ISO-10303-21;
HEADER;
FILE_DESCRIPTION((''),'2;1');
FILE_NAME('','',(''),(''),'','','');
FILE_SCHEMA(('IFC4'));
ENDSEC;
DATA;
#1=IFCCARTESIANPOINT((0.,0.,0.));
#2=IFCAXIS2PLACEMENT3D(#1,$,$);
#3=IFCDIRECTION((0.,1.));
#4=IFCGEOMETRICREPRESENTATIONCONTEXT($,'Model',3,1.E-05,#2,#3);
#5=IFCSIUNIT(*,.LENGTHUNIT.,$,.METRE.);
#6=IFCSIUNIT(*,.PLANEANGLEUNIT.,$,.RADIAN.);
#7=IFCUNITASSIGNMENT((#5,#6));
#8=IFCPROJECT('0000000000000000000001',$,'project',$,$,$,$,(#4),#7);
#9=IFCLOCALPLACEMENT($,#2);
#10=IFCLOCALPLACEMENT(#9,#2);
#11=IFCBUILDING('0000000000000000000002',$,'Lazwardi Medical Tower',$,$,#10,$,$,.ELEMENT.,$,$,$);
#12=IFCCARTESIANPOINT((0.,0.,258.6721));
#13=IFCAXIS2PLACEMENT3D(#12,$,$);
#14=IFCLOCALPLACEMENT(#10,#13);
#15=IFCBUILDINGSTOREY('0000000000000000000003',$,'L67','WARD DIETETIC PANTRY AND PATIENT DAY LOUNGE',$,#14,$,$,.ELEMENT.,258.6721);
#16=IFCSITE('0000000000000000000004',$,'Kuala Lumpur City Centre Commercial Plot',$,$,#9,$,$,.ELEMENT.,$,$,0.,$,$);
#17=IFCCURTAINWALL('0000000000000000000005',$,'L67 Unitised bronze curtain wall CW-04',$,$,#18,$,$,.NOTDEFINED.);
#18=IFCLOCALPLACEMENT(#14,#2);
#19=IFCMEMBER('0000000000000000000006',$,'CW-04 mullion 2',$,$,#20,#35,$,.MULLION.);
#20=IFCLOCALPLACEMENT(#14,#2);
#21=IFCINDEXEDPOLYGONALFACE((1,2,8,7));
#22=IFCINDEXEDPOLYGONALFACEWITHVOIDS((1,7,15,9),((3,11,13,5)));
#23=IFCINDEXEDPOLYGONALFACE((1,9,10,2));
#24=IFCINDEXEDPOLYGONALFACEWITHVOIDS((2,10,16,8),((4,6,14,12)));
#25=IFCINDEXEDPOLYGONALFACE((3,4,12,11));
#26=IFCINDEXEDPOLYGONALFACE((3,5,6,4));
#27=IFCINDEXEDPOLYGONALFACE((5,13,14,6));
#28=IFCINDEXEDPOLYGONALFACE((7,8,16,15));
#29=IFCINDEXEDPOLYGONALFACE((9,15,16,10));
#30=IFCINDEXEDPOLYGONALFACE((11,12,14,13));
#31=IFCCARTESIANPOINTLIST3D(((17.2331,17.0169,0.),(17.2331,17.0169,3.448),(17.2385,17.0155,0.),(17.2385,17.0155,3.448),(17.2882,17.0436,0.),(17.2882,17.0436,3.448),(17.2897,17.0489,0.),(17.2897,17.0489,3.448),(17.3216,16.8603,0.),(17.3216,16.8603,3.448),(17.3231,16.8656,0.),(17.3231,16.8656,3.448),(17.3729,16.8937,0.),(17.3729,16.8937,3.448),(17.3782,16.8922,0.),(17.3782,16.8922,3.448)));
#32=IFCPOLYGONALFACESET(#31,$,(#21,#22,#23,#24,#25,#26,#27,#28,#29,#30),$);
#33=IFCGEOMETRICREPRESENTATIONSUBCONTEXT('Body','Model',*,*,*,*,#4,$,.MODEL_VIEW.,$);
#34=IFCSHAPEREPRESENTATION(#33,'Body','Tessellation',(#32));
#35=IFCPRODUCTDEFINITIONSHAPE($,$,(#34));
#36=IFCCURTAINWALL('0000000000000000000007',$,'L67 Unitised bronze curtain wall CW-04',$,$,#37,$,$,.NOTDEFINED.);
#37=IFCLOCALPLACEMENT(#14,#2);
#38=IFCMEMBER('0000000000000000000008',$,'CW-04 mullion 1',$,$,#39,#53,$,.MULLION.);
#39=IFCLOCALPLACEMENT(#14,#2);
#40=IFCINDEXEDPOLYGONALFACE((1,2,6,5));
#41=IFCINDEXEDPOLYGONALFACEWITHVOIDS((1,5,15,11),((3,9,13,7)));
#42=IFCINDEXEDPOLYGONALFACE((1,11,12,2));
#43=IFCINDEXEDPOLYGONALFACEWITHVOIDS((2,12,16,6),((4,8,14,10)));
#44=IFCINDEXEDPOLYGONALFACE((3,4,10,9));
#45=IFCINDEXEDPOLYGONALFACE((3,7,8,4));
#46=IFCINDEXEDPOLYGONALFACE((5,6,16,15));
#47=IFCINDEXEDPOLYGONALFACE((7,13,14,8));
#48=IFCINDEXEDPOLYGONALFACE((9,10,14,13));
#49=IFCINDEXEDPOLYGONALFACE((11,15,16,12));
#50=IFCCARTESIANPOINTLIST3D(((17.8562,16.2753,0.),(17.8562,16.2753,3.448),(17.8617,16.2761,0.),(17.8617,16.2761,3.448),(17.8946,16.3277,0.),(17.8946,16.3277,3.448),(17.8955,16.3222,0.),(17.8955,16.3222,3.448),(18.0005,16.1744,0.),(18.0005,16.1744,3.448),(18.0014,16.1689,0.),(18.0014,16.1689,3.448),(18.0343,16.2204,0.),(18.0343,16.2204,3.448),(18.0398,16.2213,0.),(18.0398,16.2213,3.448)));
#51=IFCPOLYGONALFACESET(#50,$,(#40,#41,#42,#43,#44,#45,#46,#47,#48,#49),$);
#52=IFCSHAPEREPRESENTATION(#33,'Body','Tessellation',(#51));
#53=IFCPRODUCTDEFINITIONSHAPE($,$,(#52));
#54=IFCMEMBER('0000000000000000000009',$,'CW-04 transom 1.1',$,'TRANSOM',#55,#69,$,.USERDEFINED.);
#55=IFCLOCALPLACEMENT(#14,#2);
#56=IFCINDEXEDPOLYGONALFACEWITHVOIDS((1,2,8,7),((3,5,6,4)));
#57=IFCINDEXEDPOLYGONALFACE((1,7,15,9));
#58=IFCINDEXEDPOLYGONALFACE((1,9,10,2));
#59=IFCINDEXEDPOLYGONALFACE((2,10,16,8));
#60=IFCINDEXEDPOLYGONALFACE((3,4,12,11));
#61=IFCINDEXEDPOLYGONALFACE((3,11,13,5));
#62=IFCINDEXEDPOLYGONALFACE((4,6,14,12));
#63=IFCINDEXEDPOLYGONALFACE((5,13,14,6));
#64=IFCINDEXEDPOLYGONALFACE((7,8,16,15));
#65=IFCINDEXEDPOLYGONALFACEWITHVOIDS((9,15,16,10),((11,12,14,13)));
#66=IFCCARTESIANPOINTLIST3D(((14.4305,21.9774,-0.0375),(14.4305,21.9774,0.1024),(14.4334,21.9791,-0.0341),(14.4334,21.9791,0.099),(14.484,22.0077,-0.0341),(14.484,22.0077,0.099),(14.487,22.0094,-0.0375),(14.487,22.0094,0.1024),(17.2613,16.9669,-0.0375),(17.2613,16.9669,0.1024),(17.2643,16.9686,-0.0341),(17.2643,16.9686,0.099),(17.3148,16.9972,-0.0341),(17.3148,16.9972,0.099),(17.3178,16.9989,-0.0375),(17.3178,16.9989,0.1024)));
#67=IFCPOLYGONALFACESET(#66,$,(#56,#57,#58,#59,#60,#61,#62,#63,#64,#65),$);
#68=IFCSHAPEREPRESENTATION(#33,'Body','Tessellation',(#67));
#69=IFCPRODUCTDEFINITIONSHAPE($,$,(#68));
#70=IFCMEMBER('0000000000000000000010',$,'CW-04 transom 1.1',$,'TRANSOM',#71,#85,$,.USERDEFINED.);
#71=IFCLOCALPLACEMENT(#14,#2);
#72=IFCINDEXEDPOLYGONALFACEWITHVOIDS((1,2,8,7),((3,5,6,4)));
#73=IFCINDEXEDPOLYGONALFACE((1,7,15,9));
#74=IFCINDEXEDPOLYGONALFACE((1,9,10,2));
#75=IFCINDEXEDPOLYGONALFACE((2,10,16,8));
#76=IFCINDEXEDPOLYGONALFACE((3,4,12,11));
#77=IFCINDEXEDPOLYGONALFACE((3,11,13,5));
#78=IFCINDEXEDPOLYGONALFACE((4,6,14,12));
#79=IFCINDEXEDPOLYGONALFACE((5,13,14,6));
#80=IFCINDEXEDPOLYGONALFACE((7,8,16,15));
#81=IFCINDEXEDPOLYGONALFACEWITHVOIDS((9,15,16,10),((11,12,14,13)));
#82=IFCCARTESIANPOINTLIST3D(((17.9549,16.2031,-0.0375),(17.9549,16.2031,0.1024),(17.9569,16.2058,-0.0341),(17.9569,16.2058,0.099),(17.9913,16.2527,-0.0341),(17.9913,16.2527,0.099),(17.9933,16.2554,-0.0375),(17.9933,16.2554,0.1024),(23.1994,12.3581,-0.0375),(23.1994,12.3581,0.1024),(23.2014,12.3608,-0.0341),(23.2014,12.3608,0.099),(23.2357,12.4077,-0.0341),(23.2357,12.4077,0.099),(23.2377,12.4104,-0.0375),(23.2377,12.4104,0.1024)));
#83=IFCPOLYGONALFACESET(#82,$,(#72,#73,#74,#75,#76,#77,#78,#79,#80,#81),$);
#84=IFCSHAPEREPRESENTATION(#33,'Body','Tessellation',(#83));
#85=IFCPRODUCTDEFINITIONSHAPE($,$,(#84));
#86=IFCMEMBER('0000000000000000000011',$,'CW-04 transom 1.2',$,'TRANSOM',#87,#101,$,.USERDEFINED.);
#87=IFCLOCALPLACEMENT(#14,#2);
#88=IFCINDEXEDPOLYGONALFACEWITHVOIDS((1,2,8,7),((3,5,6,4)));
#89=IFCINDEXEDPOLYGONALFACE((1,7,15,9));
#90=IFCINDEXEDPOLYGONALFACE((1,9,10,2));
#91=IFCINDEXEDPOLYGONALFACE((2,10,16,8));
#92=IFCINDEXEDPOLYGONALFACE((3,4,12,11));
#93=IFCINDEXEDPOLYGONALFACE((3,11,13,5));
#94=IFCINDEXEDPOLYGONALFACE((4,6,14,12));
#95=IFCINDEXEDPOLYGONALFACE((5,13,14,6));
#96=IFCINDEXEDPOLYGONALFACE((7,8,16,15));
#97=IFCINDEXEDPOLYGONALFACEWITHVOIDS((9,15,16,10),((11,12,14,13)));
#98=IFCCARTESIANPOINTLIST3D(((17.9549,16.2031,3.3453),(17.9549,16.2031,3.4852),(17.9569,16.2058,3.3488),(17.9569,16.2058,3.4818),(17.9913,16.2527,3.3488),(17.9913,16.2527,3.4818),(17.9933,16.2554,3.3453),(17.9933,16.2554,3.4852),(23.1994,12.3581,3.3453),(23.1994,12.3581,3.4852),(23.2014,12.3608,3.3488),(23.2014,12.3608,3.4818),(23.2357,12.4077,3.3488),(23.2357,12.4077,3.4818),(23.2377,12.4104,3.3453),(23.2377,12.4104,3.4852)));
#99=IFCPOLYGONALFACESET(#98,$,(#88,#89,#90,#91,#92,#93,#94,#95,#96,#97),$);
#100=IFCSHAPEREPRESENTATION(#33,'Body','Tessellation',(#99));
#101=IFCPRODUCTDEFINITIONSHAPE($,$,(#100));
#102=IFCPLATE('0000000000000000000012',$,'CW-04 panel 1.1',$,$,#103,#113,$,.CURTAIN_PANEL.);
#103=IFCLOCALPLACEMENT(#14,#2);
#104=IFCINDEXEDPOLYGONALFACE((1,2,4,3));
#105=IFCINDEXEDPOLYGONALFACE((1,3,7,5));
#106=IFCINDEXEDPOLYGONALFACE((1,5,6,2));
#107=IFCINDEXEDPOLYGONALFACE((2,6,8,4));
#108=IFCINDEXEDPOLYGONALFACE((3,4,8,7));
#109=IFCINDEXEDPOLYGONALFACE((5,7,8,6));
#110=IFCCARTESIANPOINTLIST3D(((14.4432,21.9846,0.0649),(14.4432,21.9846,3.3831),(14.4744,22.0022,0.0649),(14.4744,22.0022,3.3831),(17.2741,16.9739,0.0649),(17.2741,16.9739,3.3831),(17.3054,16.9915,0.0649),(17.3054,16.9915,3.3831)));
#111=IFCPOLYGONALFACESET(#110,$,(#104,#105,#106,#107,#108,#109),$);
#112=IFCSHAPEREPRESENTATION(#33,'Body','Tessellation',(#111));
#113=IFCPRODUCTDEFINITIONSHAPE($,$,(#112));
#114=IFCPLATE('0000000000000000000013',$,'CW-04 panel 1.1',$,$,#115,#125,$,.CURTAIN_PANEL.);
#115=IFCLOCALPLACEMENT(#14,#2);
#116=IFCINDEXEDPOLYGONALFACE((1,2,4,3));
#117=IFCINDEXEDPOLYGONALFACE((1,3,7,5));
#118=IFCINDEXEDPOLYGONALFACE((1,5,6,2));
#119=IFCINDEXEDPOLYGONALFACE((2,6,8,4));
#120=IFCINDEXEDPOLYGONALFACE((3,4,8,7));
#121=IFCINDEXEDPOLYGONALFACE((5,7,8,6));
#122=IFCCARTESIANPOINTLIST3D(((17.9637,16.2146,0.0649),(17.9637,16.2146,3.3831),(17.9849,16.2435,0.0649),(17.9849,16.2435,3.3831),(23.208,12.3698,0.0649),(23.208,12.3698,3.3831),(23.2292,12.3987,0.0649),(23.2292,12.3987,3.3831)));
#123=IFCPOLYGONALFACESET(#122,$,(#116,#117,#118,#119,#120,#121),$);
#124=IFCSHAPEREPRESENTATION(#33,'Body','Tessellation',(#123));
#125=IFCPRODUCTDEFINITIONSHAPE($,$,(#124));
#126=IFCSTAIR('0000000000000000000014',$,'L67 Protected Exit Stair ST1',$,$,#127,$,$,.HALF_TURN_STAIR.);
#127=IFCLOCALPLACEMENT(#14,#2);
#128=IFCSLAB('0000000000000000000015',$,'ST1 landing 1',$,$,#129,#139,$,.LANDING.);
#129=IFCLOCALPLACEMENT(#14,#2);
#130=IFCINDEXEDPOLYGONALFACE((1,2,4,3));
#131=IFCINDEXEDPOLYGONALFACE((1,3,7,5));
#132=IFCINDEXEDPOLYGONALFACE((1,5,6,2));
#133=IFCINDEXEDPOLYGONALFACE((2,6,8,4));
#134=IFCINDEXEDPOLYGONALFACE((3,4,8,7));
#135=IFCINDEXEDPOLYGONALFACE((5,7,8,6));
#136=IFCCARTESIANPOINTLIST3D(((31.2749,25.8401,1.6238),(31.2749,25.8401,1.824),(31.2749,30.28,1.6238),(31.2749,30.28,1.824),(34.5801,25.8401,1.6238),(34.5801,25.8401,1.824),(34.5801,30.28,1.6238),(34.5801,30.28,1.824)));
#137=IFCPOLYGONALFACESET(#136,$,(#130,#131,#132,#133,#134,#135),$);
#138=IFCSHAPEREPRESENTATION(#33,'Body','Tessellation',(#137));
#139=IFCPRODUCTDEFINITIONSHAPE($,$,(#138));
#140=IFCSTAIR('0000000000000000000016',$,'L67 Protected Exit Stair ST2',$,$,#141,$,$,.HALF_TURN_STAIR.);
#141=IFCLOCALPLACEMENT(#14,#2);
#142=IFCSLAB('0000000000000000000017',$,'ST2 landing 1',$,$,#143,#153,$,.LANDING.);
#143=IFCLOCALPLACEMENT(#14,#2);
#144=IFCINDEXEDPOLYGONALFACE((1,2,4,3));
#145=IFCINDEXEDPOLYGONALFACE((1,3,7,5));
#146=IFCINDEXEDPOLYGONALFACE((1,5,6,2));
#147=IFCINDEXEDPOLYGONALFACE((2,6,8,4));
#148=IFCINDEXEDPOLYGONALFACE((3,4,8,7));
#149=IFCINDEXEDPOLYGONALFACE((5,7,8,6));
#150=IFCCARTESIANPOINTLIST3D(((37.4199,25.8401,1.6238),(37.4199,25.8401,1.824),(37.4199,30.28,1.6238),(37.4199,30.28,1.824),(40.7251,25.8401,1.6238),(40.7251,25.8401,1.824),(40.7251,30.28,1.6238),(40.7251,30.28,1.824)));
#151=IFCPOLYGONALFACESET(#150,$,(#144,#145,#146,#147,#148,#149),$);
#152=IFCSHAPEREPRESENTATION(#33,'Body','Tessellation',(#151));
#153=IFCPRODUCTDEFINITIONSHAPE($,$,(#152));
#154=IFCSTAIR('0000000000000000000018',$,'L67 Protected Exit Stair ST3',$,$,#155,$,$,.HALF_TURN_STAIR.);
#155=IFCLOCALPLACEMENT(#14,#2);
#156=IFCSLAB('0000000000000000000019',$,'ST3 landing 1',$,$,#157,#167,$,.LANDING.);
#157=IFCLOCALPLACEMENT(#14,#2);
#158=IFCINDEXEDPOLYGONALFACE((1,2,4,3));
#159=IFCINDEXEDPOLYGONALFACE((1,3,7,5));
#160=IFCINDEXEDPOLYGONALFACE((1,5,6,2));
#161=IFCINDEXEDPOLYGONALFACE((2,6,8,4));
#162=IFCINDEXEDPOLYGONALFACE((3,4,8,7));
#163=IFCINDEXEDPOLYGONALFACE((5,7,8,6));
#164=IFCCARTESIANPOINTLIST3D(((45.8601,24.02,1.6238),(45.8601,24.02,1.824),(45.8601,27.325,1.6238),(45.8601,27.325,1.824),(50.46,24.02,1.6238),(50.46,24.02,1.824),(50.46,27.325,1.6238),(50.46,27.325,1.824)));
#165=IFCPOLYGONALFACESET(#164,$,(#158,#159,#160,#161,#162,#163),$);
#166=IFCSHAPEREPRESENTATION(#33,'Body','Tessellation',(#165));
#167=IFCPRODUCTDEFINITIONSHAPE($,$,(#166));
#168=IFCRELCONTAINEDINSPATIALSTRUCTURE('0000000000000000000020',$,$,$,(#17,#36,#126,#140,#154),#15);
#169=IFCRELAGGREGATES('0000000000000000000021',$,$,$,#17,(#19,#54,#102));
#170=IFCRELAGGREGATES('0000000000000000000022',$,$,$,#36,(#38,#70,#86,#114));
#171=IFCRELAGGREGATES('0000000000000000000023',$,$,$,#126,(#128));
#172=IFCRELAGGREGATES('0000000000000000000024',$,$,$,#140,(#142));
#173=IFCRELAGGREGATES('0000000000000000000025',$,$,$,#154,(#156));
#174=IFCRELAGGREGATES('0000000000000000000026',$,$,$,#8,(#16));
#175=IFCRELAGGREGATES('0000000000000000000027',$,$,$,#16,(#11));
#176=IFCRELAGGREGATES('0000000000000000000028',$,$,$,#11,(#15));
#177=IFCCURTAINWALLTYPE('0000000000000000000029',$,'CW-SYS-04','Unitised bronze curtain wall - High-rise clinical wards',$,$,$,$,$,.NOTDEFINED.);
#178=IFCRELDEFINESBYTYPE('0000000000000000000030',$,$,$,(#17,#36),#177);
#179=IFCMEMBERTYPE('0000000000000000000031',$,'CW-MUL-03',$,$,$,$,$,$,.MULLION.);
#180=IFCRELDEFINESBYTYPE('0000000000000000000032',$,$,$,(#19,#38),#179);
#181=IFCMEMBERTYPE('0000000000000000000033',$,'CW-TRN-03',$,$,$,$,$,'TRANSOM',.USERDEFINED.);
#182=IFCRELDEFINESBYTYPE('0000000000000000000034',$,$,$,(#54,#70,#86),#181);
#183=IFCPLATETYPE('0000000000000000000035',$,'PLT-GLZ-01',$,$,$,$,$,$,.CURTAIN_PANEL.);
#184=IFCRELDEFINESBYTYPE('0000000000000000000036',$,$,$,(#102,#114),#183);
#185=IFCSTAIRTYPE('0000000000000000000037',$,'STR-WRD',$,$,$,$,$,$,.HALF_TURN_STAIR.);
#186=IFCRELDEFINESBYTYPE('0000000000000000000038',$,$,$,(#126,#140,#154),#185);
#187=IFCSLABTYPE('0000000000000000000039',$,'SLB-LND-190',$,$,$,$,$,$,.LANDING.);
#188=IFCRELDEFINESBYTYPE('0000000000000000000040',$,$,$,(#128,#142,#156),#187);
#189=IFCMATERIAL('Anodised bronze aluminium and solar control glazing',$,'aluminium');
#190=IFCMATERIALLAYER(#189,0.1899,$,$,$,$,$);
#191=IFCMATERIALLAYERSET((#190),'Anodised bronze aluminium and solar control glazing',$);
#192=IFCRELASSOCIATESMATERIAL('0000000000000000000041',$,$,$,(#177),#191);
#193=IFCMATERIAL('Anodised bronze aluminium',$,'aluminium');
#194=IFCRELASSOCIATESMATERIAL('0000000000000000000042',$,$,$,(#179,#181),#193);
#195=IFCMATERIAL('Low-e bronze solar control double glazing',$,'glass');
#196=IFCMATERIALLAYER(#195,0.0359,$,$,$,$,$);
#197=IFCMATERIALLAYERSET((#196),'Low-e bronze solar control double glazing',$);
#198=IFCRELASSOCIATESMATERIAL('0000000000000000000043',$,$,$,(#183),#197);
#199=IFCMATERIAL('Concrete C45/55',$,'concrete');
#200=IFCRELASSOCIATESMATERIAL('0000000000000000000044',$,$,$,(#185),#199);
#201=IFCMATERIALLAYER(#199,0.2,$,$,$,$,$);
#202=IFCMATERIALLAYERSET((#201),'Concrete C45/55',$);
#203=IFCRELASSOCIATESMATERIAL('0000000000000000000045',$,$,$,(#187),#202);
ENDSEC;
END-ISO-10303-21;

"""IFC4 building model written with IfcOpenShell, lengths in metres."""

from ifc_helpers import new_model, si_unit, direction, frame, origin, origin_2d, place, context, subcontext, project, spatial, polyline, rectangle, hollow_rectangle, outline, extrude, material, layer, layer_set, material_profile, profile_set, type_object, element, aggregate, save


model = new_model("IFC4")

# Units and contexts
model_context = context("Model", 3, precision=1e-05, world=origin(), true_north=direction((0.0, 1.0)))
body_context = subcontext(model_context, "Body", "Model", "MODEL_VIEW")
ifc_project = project(units=[si_unit("LENGTHUNIT", "METRE"), si_unit("PLANEANGLEUNIT", "RADIAN")], contexts=[model_context])

# Site, building, storey
site_placement = place(None, origin())
site = spatial("IfcSite", under=ifc_project, at=site_placement, Name="Kuala Lumpur City Centre Commercial Plot", CompositionType="ELEMENT", RefElevation=0.0)
building_placement = place(site_placement, origin())
building = spatial("IfcBuilding", under=site, at=building_placement, Name="Lazwardi Medical Tower", CompositionType="ELEMENT")
storey_placement = place(building_placement, frame((0.0, 0.0, 258.6721)))
storey = spatial("IfcBuildingStorey", under=building, at=storey_placement, Name="L67", Description="WARD DIETETIC PANTRY AND PATIENT DAY LOUNGE", CompositionType="ELEMENT", Elevation=258.6721)

# Curtain walls, members
ifc_material_1 = material(Name="Anodised bronze aluminium and solar control glazing", Category="aluminium")
ifc_layer_1 = layer(ifc_material_1, 0.1899)
ifc_layer_set_1 = layer_set([ifc_layer_1], Name="Anodised bronze aluminium and solar control glazing")
curtain_wall_type = type_object("IfcCurtainWallType", Name="CW-SYS-04", Description="Unitised bronze curtain wall - High-rise clinical wards", PredefinedType="NOTDEFINED", material=ifc_layer_set_1)
curtain_wall_1_placement = place(storey_placement, origin())
curtain_wall_1 = element("IfcCurtainWall", 1, at=curtain_wall_1_placement, inside=storey, type_object=curtain_wall_type, Name="L67 Unitised bronze curtain wall CW-04", PredefinedType="NOTDEFINED")
ifc_material_2 = material(Name="Anodised bronze aluminium", Category="aluminium")
ifc_material_profile_1 = material_profile(ifc_material_2, hollow_rectangle(XDim=0.0649, YDim=0.1799, WallThickness=0.0039, at=origin_2d()), Name="ALU-MULLION 180x65x4")
ifc_profile_set_1 = profile_set([ifc_material_profile_1], Name="Anodised bronze aluminium")
member_type_1 = type_object("IfcMemberType", Name="CW-MUL-03", PredefinedType="MULLION", material=ifc_profile_set_1)
member_1_placement = place(storey_placement, frame((17.3057, 16.9546, 0.0), z_axis=(0.0, 0.0, 1.0), x_axis=(0.870651, 0.4919, 0.0)))
member_1 = element("IfcMember", 2, at=member_1_placement, type_object=member_type_1, Name="CW-04 mullion 2", PredefinedType="MULLION", context=body_context, shape_type="SweptSolid", body=[
    extrude(hollow_rectangle(XDim=0.0649, YDim=0.1799, WallThickness=0.0039, at=origin_2d()), origin(), (0.0, 0.0, 1.0), 3.448),
])
curtain_wall_2_placement = place(storey_placement, origin())
curtain_wall_2 = element("IfcCurtainWall", 3, at=curtain_wall_2_placement, inside=storey, type_object=curtain_wall_type, Name="L67 Unitised bronze curtain wall CW-04", PredefinedType="NOTDEFINED")
member_2_placement = place(storey_placement, frame((17.948, 16.2483, 0.0), z_axis=(0.0, 0.0, 1.0), x_axis=(0.591268, 0.806475, 0.0)))
member_2 = element("IfcMember", 4, at=member_2_placement, type_object=member_type_1, Name="CW-04 mullion 1", PredefinedType="MULLION", context=body_context, shape_type="SweptSolid", body=[
    extrude(hollow_rectangle(XDim=0.0649, YDim=0.1799, WallThickness=0.0039, at=origin_2d()), origin(), (0.0, 0.0, 1.0), 3.448),
])

# Members
ifc_material_profile_2 = material_profile(ifc_material_2, hollow_rectangle(XDim=0.0649, YDim=0.1399, WallThickness=0.0034, at=origin_2d()), Name="ALU-TRANSOM 140x65x3.5")
ifc_profile_set_2 = profile_set([ifc_material_profile_2], Name="Anodised bronze aluminium")
member_type_2 = type_object("IfcMemberType", Name="CW-TRN-03", ElementType="TRANSOM", PredefinedType="USERDEFINED", material=ifc_profile_set_2)
member_3_placement = place(storey_placement, frame((14.4587, 21.9934, 0.0325), z_axis=(0.491898, -0.870653, 0.0), x_axis=(0.870653, 0.491898, 0.0)))
member_3 = element("IfcMember", 5, at=member_3_placement, type_object=member_type_2, Name="CW-04 transom 1.1", ObjectType="TRANSOM", PredefinedType="USERDEFINED", context=body_context, shape_type="SweptSolid", body=[
    extrude(hollow_rectangle(XDim=0.0649, YDim=0.1399, WallThickness=0.0034, at=origin_2d()), origin(), (0.0, 0.0, 1.0), 5.7549),
])
member_4_placement = place(storey_placement, frame((17.9741, 16.2292, 0.0325), z_axis=(0.806472, -0.591273, 0.0), x_axis=(0.591273, 0.806472, 0.0)))
member_4 = element("IfcMember", 6, at=member_4_placement, type_object=member_type_2, Name="CW-04 transom 1.1", ObjectType="TRANSOM", PredefinedType="USERDEFINED", context=body_context, shape_type="SweptSolid", body=[
    extrude(hollow_rectangle(XDim=0.0649, YDim=0.1399, WallThickness=0.0034, at=origin_2d()), origin(), (0.0, 0.0, 1.0), 6.5029),
])
member_5_placement = place(storey_placement, frame((17.9741, 16.2292, 3.4153), z_axis=(0.806472, -0.591273, 0.0), x_axis=(0.591273, 0.806472, 0.0)))
member_5 = element("IfcMember", 7, at=member_5_placement, type_object=member_type_2, Name="CW-04 transom 1.2", ObjectType="TRANSOM", PredefinedType="USERDEFINED", context=body_context, shape_type="SweptSolid", body=[
    extrude(hollow_rectangle(XDim=0.0649, YDim=0.1399, WallThickness=0.0034, at=origin_2d()), origin(), (0.0, 0.0, 1.0), 6.5029),
])

# Plates
ifc_material_3 = material(Name="Low-e bronze solar control double glazing", Category="glass")
ifc_layer_2 = layer(ifc_material_3, 0.0359)
ifc_layer_set_2 = layer_set([ifc_layer_2], Name="Low-e bronze solar control double glazing")
plate_type = type_object("IfcPlateType", Name="PLT-GLZ-01", PredefinedType="CURTAIN_PANEL", material=ifc_layer_set_2)
plate_1_placement = place(storey_placement, frame((15.8743, 19.488, 0.0649), z_axis=(0.0, 0.0, 1.0), x_axis=(0.4919, -0.870651, 0.0)))
plate_1 = element("IfcPlate", 8, at=plate_1_placement, type_object=plate_type, Name="CW-04 panel 1.1", PredefinedType="CURTAIN_PANEL", context=body_context, shape_type="SweptSolid", body=[
    extrude(rectangle(XDim=5.7551, YDim=0.0359, at=origin_2d()), origin(), (0.0, 0.0, 1.0), 3.3181),
])
aggregate(curtain_wall_1, [member_1, member_3, plate_1])
plate_2_placement = place(storey_placement, frame((20.5964, 14.3066, 0.0649), z_axis=(0.0, 0.0, 1.0), x_axis=(0.806475, -0.591268, 0.0)))
plate_2 = element("IfcPlate", 9, at=plate_2_placement, type_object=plate_type, Name="CW-04 panel 1.1", PredefinedType="CURTAIN_PANEL", context=body_context, shape_type="SweptSolid", body=[
    extrude(rectangle(XDim=6.5027, YDim=0.0359, at=origin_2d()), origin(), (0.0, 0.0, 1.0), 3.3181),
])
aggregate(curtain_wall_2, [member_2, member_4, member_5, plate_2])

# Stairs, slabs
ifc_material_4 = material(Name="Concrete C45/55", Category="concrete")
stair_type = type_object("IfcStairType", Name="STR-WRD", PredefinedType="HALF_TURN_STAIR", material=ifc_material_4)
stair_1_placement = place(storey_placement, origin())
stair_1 = element("IfcStair", 10, at=stair_1_placement, inside=storey, type_object=stair_type, Name="L67 Protected Exit Stair ST1", PredefinedType="HALF_TURN_STAIR")
ifc_layer_3 = layer(ifc_material_4, 0.2)
ifc_layer_set_3 = layer_set([ifc_layer_3], Name="Concrete C45/55")
slab_type_1 = type_object("IfcSlabType", Name="SLB-LND-190", PredefinedType="LANDING", material=ifc_layer_set_3)
slab_1_placement = place(storey_placement, frame((0.0, 0.0, 1.6238)))
slab_1 = element("IfcSlab", 11, at=slab_1_placement, type_object=slab_type_1, Name="ST1 landing 1", PredefinedType="LANDING", context=body_context, shape_type="SweptSolid", body=[
    extrude(outline(polyline([(31.2749, 25.8401), (34.5801, 25.8401), (34.5801, 30.28), (31.2749, 30.28), (31.2749, 25.8401)])), origin(), (0.0, 0.0, 1.0), 0.2002),
])
aggregate(stair_1, [slab_1])
stair_2_placement = place(storey_placement, origin())
stair_2 = element("IfcStair", 12, at=stair_2_placement, inside=storey, type_object=stair_type, Name="L67 Protected Exit Stair ST2", PredefinedType="HALF_TURN_STAIR")
slab_2_placement = place(storey_placement, frame((0.0, 0.0, 1.6238)))
slab_2 = element("IfcSlab", 13, at=slab_2_placement, type_object=slab_type_1, Name="ST2 landing 1", PredefinedType="LANDING", context=body_context, shape_type="SweptSolid", body=[
    extrude(outline(polyline([(40.7251, 30.28), (37.4199, 30.28), (37.4199, 25.8401), (40.7251, 25.8401), (40.7251, 30.28)])), origin(), (0.0, 0.0, 1.0), 0.2002),
])
aggregate(stair_2, [slab_2])
stair_3_placement = place(storey_placement, origin())
stair_3 = element("IfcStair", 14, at=stair_3_placement, inside=storey, type_object=stair_type, Name="L67 Protected Exit Stair ST3", PredefinedType="HALF_TURN_STAIR")
slab_3_placement = place(storey_placement, frame((0.0, 0.0, 1.6238)))
slab_3 = element("IfcSlab", 15, at=slab_3_placement, type_object=slab_type_1, Name="ST3 landing 1", PredefinedType="LANDING", context=body_context, shape_type="SweptSolid", body=[
    extrude(outline(polyline([(45.8601, 27.325), (45.8601, 24.02), (50.46, 24.02), (50.46, 27.325), (45.8601, 27.325)])), origin(), (0.0, 0.0, 1.0), 0.2002),
])
aggregate(stair_3, [slab_3])

save(model, "model.ifc")
